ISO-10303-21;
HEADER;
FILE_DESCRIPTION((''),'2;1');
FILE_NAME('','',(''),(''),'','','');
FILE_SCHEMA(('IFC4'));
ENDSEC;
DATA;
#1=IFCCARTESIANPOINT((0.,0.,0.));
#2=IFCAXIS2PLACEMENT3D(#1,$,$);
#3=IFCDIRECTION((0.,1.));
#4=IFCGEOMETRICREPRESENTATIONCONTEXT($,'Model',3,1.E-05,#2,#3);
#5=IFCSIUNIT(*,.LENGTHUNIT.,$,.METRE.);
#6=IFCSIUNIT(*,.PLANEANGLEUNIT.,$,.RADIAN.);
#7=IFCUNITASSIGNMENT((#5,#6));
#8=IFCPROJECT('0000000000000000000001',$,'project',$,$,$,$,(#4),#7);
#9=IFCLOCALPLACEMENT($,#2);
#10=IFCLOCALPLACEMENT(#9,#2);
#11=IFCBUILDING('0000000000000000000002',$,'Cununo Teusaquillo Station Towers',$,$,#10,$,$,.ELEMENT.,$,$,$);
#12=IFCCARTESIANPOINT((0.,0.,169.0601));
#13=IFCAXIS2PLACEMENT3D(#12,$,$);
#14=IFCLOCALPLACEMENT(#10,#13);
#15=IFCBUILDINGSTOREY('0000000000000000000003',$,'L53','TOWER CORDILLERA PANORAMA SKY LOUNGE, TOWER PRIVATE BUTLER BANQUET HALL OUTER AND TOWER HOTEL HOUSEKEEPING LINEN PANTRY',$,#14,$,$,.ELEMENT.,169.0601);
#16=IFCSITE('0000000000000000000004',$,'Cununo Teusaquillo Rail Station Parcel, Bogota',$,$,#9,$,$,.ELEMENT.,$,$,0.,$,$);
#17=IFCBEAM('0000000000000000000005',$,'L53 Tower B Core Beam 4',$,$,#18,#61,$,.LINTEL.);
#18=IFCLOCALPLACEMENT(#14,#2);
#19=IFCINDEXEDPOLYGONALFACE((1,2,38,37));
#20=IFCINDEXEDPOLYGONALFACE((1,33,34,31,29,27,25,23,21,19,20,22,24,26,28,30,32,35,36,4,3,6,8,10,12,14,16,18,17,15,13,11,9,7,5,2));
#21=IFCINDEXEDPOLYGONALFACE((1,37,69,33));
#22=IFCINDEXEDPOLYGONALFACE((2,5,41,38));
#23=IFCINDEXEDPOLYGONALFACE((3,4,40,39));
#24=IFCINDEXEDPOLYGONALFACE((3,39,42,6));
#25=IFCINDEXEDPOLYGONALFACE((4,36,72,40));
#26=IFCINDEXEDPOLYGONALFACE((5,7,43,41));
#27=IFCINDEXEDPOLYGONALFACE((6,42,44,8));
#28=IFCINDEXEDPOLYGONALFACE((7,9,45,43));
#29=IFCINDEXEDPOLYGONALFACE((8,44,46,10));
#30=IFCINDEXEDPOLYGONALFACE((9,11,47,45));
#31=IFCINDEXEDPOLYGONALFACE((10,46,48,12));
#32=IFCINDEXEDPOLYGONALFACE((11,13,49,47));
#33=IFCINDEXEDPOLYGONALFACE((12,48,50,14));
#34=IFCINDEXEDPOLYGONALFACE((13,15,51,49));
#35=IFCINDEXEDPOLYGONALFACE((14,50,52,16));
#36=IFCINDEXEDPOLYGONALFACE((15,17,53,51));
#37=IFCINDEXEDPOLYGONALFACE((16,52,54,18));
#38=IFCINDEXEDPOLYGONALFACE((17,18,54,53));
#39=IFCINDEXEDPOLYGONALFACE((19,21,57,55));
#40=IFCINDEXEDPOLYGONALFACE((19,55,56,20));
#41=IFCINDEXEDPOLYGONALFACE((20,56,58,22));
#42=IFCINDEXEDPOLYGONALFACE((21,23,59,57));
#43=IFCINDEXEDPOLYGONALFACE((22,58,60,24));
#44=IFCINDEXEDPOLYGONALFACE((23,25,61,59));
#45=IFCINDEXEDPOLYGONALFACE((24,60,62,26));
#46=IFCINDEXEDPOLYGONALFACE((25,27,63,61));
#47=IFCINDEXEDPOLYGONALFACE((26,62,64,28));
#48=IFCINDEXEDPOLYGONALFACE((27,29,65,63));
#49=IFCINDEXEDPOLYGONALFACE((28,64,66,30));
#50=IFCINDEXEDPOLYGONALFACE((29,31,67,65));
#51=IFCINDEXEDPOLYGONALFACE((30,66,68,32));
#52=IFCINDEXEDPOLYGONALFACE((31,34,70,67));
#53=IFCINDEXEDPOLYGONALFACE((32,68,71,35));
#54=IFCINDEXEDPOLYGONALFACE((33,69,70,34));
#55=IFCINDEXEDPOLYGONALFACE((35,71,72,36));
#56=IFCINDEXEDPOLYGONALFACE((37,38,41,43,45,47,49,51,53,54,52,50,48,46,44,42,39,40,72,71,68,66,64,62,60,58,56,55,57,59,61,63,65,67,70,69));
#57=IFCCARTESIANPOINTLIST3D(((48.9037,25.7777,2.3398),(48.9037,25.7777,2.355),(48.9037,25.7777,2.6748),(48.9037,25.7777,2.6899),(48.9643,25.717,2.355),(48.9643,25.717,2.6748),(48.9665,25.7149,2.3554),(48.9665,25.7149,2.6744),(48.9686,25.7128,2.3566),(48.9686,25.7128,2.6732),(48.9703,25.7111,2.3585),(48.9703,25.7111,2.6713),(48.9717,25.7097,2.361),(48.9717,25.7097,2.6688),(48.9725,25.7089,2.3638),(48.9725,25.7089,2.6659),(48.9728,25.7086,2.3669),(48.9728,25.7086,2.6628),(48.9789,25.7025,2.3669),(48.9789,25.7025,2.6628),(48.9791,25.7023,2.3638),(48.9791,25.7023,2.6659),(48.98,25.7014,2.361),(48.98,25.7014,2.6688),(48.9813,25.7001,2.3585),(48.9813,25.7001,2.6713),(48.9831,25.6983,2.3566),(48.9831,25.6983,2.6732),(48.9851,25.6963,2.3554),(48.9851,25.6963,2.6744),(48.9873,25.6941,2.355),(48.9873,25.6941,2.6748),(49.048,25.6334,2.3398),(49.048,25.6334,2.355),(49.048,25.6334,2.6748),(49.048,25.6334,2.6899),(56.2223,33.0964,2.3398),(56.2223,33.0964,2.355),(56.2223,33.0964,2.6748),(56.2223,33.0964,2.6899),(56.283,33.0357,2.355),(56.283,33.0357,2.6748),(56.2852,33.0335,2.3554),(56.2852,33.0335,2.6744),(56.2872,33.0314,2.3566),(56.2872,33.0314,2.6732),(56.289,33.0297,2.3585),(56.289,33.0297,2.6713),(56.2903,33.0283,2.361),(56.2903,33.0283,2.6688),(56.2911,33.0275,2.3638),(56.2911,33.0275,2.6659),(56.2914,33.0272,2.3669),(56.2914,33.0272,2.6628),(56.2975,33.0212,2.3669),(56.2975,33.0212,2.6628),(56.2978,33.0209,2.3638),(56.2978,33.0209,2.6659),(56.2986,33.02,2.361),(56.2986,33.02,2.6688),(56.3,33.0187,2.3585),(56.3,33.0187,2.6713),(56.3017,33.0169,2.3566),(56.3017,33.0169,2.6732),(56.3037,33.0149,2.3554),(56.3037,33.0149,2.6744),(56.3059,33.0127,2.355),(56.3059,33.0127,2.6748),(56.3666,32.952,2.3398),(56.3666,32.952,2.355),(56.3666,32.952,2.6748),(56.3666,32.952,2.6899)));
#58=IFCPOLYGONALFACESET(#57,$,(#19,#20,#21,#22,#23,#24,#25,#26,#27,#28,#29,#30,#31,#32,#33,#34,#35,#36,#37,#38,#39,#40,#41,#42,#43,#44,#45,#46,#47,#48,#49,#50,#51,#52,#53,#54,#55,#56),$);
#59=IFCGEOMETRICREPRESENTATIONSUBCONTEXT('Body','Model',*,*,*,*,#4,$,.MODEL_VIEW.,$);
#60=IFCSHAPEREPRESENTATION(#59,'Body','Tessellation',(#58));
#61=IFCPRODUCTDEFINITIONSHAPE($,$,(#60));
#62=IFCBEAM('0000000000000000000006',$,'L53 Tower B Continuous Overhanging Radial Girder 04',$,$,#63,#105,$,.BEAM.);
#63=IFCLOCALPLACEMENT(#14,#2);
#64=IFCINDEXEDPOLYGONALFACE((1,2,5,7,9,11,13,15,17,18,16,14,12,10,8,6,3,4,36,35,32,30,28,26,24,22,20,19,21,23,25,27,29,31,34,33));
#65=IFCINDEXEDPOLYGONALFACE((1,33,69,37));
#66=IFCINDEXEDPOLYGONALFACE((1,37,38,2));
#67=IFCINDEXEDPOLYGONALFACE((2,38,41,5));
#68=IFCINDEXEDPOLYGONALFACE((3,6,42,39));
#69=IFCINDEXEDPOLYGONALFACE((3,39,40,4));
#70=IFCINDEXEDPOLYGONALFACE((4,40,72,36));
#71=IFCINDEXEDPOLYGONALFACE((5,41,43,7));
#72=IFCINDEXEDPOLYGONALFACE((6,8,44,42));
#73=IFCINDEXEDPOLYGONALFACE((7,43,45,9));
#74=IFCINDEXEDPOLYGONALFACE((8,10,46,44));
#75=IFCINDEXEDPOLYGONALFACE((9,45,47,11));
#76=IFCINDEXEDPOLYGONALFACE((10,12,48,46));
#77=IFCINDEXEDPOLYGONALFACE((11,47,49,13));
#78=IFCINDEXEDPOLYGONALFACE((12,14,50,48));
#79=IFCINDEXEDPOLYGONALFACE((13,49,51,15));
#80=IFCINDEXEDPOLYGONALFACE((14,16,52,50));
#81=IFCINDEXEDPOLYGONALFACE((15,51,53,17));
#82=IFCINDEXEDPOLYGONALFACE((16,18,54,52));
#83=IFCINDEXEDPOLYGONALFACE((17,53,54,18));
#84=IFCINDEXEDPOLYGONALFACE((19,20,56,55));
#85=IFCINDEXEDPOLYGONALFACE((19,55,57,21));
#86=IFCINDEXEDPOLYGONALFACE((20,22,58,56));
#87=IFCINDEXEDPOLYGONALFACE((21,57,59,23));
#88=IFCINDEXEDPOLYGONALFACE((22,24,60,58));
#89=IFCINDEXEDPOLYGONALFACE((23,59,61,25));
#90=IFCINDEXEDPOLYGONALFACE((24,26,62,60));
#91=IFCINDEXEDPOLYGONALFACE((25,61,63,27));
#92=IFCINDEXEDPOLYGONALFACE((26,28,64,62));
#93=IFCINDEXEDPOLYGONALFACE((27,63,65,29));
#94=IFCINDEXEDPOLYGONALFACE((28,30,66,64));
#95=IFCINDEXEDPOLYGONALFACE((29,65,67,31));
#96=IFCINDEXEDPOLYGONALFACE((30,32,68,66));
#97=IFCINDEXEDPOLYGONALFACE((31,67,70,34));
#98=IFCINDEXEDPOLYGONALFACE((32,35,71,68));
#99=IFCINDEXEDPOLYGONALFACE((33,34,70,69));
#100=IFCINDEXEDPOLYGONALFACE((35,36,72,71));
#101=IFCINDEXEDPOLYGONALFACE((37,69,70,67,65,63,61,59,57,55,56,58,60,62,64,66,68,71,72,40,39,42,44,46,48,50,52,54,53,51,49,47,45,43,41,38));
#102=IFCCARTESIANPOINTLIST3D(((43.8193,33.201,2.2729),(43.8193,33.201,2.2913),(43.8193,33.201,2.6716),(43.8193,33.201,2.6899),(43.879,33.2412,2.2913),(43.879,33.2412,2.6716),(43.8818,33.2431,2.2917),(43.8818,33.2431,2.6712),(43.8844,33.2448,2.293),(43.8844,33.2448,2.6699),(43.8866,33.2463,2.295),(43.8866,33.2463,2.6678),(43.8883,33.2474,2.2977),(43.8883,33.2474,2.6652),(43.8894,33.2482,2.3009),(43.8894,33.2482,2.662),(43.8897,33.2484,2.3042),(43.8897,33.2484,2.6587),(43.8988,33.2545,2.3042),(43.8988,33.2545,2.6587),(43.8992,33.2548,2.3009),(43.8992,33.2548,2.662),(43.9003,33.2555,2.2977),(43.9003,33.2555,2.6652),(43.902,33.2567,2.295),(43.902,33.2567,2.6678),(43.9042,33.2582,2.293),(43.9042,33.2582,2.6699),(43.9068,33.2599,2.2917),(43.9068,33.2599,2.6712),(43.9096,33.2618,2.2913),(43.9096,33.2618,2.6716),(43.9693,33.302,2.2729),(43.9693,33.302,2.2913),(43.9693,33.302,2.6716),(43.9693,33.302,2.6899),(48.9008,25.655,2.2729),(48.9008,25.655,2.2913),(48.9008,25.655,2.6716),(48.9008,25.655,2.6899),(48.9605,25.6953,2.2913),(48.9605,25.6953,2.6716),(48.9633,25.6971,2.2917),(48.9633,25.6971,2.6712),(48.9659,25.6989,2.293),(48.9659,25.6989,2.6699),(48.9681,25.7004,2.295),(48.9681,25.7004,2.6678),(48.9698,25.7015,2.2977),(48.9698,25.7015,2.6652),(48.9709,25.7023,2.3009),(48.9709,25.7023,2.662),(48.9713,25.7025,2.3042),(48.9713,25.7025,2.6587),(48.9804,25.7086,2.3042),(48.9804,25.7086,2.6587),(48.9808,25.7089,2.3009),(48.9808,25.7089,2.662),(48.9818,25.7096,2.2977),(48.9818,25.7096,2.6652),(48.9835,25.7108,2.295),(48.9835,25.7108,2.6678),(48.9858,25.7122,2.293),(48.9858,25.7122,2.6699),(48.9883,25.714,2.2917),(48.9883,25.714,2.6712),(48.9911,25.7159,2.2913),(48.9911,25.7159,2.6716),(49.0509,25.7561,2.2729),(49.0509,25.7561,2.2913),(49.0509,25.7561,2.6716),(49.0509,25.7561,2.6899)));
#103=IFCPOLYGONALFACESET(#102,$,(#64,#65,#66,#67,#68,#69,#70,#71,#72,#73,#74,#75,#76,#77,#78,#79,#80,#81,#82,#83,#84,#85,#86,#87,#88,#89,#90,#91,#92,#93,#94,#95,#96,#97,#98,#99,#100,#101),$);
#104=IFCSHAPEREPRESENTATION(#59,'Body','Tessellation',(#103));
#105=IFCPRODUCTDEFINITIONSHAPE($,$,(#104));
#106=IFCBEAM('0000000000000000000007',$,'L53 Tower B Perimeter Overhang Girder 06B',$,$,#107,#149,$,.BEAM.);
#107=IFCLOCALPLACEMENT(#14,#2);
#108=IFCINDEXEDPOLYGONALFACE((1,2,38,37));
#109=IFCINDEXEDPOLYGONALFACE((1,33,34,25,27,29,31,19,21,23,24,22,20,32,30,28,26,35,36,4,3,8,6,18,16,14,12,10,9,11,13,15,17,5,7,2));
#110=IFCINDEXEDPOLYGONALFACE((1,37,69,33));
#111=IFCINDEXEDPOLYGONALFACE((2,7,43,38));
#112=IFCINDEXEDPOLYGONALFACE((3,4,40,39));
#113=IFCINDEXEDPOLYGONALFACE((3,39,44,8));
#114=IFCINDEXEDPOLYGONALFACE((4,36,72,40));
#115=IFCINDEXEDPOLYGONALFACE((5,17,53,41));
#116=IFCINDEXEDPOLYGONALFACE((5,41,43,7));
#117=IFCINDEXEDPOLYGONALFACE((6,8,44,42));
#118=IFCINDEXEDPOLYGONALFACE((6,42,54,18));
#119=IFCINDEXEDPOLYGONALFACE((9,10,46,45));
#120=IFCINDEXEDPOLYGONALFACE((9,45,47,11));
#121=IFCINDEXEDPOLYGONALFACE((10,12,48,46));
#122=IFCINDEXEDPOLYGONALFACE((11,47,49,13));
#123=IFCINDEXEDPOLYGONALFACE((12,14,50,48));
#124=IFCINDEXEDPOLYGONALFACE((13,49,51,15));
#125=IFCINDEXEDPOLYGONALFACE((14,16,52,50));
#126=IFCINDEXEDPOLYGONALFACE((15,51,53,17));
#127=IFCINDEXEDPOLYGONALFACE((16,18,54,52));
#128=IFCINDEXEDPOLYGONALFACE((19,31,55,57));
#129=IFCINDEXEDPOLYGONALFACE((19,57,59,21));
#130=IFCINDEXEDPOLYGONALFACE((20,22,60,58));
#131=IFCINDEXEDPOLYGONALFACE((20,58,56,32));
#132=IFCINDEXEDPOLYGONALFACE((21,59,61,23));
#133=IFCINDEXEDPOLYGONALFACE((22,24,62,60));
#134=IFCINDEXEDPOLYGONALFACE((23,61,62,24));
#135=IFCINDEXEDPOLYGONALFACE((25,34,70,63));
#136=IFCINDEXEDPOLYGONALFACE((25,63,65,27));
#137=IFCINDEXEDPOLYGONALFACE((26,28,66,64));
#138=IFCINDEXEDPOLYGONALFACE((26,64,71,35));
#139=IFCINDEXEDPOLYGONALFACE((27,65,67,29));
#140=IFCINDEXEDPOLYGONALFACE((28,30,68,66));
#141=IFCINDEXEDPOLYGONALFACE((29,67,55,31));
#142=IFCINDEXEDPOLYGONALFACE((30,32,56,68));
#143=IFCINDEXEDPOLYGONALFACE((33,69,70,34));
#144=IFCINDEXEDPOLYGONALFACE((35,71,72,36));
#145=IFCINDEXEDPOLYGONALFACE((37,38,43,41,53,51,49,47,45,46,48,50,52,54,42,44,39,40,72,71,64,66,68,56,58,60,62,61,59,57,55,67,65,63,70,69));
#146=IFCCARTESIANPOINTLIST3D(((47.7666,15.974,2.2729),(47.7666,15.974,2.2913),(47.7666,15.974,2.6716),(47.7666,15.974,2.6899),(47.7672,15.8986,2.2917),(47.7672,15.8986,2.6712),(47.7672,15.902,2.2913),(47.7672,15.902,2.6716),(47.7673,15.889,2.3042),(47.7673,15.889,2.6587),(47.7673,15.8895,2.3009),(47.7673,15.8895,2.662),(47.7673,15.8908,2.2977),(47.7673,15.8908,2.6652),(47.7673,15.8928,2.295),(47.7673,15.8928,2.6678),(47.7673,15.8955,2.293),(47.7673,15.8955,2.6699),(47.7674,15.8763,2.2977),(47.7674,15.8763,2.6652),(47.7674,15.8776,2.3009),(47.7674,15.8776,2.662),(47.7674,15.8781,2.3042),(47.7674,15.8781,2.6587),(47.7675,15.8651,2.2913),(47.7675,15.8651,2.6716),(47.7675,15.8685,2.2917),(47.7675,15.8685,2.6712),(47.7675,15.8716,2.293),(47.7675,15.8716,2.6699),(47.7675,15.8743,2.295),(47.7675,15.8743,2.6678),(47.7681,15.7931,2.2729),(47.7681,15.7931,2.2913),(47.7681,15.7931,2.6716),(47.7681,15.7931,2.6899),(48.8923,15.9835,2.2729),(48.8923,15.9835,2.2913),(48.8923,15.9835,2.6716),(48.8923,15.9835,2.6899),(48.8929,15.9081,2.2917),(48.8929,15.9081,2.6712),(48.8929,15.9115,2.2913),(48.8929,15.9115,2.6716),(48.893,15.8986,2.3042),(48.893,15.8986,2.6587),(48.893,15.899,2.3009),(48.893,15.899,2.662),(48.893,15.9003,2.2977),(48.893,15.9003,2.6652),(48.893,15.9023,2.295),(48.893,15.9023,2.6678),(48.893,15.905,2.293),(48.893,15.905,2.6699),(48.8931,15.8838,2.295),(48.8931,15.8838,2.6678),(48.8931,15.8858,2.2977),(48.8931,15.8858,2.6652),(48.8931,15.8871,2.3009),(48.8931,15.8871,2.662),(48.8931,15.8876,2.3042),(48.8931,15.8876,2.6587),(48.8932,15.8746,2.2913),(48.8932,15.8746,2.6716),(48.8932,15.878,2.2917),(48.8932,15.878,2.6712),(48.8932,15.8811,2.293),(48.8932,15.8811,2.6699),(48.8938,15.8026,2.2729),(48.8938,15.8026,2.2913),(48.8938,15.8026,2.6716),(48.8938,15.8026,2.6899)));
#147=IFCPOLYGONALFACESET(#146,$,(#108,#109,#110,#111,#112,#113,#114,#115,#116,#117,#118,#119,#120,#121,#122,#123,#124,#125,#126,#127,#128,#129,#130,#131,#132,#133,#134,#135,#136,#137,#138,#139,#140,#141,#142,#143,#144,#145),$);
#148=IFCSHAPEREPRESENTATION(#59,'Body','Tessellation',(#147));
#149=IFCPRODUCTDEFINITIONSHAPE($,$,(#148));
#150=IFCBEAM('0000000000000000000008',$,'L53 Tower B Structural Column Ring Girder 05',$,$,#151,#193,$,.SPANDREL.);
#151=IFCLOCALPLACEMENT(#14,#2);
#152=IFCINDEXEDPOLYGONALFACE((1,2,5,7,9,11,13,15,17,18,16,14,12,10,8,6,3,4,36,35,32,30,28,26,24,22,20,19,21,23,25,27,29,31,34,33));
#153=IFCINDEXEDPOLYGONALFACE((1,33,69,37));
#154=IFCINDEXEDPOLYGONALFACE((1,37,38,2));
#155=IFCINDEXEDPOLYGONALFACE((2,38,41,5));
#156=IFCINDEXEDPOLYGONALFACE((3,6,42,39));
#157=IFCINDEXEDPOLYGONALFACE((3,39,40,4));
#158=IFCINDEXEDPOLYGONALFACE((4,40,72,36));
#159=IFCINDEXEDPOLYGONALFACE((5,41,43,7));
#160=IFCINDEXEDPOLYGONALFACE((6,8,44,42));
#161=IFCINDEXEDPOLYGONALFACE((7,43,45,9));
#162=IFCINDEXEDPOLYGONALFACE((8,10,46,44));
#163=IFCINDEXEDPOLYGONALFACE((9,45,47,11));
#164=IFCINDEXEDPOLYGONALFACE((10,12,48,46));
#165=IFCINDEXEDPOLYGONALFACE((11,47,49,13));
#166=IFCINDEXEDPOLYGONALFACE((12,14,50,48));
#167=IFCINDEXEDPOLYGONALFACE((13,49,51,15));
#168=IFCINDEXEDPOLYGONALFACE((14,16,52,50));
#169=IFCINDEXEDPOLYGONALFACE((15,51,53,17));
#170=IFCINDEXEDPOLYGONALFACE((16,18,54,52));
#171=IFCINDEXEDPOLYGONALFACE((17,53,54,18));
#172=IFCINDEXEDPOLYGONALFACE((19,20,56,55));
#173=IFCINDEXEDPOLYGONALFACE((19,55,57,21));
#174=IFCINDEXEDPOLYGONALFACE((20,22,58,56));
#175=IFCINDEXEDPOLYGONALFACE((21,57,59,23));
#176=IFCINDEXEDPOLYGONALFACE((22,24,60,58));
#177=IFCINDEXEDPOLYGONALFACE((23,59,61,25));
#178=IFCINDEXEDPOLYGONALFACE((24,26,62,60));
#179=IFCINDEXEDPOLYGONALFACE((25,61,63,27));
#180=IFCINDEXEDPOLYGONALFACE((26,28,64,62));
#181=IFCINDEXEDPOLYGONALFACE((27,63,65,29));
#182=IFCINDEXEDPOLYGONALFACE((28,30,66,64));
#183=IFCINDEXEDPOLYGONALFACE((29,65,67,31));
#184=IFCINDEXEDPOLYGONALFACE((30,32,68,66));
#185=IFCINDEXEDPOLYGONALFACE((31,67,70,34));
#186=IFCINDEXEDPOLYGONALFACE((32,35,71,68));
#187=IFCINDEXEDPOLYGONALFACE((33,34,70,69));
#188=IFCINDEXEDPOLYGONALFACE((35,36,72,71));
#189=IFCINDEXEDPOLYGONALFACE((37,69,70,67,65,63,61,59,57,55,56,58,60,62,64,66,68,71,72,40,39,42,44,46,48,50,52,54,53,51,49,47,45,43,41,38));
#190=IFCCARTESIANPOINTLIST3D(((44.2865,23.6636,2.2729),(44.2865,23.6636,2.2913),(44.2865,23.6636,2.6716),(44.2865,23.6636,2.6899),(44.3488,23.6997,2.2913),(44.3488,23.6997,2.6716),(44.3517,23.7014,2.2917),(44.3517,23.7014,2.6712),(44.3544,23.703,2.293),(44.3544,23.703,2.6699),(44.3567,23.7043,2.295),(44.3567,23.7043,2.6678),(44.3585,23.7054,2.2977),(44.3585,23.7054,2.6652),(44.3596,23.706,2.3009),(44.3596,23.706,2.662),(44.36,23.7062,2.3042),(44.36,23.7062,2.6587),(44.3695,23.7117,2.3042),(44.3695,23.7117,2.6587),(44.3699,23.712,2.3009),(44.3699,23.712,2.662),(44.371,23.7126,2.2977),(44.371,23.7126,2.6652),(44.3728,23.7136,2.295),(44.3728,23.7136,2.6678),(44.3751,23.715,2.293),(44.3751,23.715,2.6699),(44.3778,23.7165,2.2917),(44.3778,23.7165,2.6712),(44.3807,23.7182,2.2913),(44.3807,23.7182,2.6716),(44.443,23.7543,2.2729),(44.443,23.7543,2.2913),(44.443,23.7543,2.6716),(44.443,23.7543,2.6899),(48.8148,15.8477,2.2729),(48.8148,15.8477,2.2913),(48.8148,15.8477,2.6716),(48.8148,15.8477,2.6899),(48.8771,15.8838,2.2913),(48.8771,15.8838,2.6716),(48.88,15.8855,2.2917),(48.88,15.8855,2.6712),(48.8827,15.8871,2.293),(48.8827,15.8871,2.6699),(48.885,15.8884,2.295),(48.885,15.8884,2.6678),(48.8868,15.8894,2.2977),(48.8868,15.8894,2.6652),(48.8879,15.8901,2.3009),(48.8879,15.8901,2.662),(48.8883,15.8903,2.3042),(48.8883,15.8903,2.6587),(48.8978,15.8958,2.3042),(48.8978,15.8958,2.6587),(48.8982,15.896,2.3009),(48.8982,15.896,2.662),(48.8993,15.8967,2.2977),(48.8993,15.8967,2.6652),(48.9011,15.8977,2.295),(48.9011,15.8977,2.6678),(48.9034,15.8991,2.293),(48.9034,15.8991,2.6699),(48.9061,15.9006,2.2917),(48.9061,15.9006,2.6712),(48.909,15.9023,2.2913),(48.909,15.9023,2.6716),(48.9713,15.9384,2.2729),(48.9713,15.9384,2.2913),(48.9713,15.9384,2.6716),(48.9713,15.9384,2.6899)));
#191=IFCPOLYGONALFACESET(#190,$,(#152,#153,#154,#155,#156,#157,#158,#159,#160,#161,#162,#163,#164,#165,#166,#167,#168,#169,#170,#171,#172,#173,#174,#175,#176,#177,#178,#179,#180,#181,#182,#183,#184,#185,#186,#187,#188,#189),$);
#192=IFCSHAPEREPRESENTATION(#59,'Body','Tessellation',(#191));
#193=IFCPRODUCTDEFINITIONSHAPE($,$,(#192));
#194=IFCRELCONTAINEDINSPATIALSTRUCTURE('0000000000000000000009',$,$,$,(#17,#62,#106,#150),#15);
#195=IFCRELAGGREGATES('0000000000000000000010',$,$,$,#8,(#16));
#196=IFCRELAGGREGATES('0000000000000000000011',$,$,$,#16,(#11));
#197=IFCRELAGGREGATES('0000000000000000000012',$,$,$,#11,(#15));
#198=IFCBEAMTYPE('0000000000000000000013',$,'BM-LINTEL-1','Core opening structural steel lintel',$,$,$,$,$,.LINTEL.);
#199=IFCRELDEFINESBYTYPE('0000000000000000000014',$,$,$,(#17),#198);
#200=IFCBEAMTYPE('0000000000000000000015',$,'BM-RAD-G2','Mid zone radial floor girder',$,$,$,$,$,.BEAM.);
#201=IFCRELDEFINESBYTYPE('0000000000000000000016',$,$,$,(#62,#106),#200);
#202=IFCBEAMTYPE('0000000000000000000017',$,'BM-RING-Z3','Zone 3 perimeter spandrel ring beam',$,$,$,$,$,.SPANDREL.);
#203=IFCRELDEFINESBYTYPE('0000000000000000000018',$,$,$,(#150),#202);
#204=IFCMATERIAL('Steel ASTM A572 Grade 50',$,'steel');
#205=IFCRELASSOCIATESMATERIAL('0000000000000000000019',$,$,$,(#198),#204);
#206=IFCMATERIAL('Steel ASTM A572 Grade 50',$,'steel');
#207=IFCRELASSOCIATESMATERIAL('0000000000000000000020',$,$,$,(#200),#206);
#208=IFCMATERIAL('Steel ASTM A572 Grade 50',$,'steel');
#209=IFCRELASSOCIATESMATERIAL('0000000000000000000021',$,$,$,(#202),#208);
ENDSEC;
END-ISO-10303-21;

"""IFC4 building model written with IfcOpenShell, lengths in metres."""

from ifc_helpers import new_model, si_unit, direction, frame, origin, origin_2d, place, context, subcontext, project, spatial, i_section, extrude, material, material_profile, profile_set, type_object, element, save


model = new_model("IFC4")

# Units and contexts
model_context = context("Model", 3, precision=1e-05, world=origin(), true_north=direction((0.0, 1.0)))
body_context = subcontext(model_context, "Body", "Model", "MODEL_VIEW")
ifc_project = project(units=[si_unit("LENGTHUNIT", "METRE"), si_unit("PLANEANGLEUNIT", "RADIAN")], contexts=[model_context])

# Site, building, storey
site_placement = place(None, origin())
site = spatial("IfcSite", under=ifc_project, at=site_placement, Name="Cununo Teusaquillo Rail Station Parcel, Bogota", CompositionType="ELEMENT", RefElevation=0.0)
building_placement = place(site_placement, origin())
building = spatial("IfcBuilding", under=site, at=building_placement, Name="Cununo Teusaquillo Station Towers", CompositionType="ELEMENT")
storey_placement = place(building_placement, frame((0.0, 0.0, 169.0601)))
storey = spatial("IfcBuildingStorey", under=building, at=storey_placement, Name="L53", Description="TOWER CORDILLERA PANORAMA SKY LOUNGE, TOWER PRIVATE BUTLER BANQUET HALL OUTER AND TOWER HOTEL HOUSEKEEPING LINEN PANTRY", CompositionType="ELEMENT", Elevation=169.0601)

# Beams
ifc_material_1 = material(Name="Steel ASTM A572 Grade 50", Category="steel")
ifc_material_profile_1 = material_profile(ifc_material_1, i_section(OverallWidth=0.2041, OverallDepth=0.3501, WebThickness=0.0085, FlangeThickness=0.0151, FilletRadius=0.012, at=origin_2d()), Name="W14X48")
ifc_profile_set_1 = profile_set([ifc_material_profile_1], Name="Steel ASTM A572 Grade 50")
beam_type_1 = type_object("IfcBeamType", Name="BM-LINTEL-1", Description="Core opening structural steel lintel", PredefinedType="LINTEL", material=ifc_profile_set_1)
beam_1_placement = place(storey_placement, frame((48.9758, 25.7056, 2.5149), z_axis=(0.707107, 0.707107, 0.0), x_axis=(-0.707107, 0.707107, 0.0)))
element("IfcBeam", 1, at=beam_1_placement, inside=storey, type_object=beam_type_1, Name="L53 Tower B Core Beam 4", PredefinedType="LINTEL", context=body_context, shape_type="SweptSolid", body=[
    extrude(i_section(OverallWidth=0.2041, OverallDepth=0.3501, WebThickness=0.0085, FlangeThickness=0.0151, FilletRadius=0.012, at=origin_2d()), origin(), (0.0, 0.0, 1.0), 10.3501),
])
ifc_material_2 = material(Name="Steel ASTM A572 Grade 50", Category="steel")
ifc_material_profile_2 = material_profile(ifc_material_2, i_section(OverallWidth=0.1809, OverallDepth=0.417, WebThickness=0.011, FlangeThickness=0.0183, FilletRadius=0.0129, at=origin_2d()), Name="W16X57")
ifc_profile_set_2 = profile_set([ifc_material_profile_2], Name="Steel ASTM A572 Grade 50")
beam_type_2 = type_object("IfcBeamType", Name="BM-RAD-G2", Description="Mid zone radial floor girder", PredefinedType="BEAM", material=ifc_profile_set_2)
beam_2_placement = place(storey_placement, frame((48.9758, 25.7056, 2.4814), z_axis=(-0.558571, 0.829457, 0.0), x_axis=(-0.829457, -0.558571, 0.0)))
element("IfcBeam", 2, at=beam_2_placement, inside=storey, type_object=beam_type_2, Name="L53 Tower B Continuous Overhanging Radial Girder 04", PredefinedType="BEAM", context=body_context, shape_type="SweptSolid", body=[
    extrude(i_section(OverallWidth=0.1809, OverallDepth=0.417, WebThickness=0.011, FlangeThickness=0.0183, FilletRadius=0.0129, at=origin_2d()), origin(), (0.0, 0.0, 1.0), 9.0974),
])
beam_3_placement = place(storey_placement, frame((48.8931, 15.8931, 2.4814), z_axis=(-0.999964, -0.008458, 0.0), x_axis=(0.008458, -0.999964, 0.0)))
element("IfcBeam", 3, at=beam_3_placement, inside=storey, type_object=beam_type_2, Name="L53 Tower B Perimeter Overhang Girder 06B", PredefinedType="BEAM", context=body_context, shape_type="SweptSolid", body=[
    extrude(i_section(OverallWidth=0.1809, OverallDepth=0.417, WebThickness=0.011, FlangeThickness=0.0183, FilletRadius=0.0129, at=origin_2d()), origin(), (0.0, 0.0, 1.0), 1.1257),
])
ifc_material_3 = material(Name="Steel ASTM A572 Grade 50", Category="steel")
ifc_material_profile_3 = material_profile(ifc_material_3, i_section(OverallWidth=0.1809, OverallDepth=0.417, WebThickness=0.011, FlangeThickness=0.0183, FilletRadius=0.0129, at=origin_2d()), Name="W16X57")
ifc_profile_set_3 = profile_set([ifc_material_profile_3], Name="Steel ASTM A572 Grade 50")
beam_type_3 = type_object("IfcBeamType", Name="BM-RING-Z3", Description="Zone 3 perimeter spandrel ring beam", PredefinedType="SPANDREL", material=ifc_profile_set_3)
for number, where, z_axis, x_axis, name in (
    (4, (44.3647, 23.709, 2.4814), (0.501311, -0.865267, 0.0), (0.865267, 0.501311, 0.0), "L53 Tower B Structural Column Ring Girder 05"),
):
    element("IfcBeam", number, at=place(storey_placement, frame(where, z_axis=z_axis, x_axis=x_axis)), inside=storey, type_object=beam_type_3, Name=name, PredefinedType="SPANDREL", context=body_context, shape_type="SweptSolid", body=[
        extrude(i_section(OverallWidth=0.1809, OverallDepth=0.417, WebThickness=0.011, FlangeThickness=0.0183, FilletRadius=0.0129, at=origin_2d()), origin(), (0.0, 0.0, 1.0), 9.033),
    ])

save(model, "model.ifc")
